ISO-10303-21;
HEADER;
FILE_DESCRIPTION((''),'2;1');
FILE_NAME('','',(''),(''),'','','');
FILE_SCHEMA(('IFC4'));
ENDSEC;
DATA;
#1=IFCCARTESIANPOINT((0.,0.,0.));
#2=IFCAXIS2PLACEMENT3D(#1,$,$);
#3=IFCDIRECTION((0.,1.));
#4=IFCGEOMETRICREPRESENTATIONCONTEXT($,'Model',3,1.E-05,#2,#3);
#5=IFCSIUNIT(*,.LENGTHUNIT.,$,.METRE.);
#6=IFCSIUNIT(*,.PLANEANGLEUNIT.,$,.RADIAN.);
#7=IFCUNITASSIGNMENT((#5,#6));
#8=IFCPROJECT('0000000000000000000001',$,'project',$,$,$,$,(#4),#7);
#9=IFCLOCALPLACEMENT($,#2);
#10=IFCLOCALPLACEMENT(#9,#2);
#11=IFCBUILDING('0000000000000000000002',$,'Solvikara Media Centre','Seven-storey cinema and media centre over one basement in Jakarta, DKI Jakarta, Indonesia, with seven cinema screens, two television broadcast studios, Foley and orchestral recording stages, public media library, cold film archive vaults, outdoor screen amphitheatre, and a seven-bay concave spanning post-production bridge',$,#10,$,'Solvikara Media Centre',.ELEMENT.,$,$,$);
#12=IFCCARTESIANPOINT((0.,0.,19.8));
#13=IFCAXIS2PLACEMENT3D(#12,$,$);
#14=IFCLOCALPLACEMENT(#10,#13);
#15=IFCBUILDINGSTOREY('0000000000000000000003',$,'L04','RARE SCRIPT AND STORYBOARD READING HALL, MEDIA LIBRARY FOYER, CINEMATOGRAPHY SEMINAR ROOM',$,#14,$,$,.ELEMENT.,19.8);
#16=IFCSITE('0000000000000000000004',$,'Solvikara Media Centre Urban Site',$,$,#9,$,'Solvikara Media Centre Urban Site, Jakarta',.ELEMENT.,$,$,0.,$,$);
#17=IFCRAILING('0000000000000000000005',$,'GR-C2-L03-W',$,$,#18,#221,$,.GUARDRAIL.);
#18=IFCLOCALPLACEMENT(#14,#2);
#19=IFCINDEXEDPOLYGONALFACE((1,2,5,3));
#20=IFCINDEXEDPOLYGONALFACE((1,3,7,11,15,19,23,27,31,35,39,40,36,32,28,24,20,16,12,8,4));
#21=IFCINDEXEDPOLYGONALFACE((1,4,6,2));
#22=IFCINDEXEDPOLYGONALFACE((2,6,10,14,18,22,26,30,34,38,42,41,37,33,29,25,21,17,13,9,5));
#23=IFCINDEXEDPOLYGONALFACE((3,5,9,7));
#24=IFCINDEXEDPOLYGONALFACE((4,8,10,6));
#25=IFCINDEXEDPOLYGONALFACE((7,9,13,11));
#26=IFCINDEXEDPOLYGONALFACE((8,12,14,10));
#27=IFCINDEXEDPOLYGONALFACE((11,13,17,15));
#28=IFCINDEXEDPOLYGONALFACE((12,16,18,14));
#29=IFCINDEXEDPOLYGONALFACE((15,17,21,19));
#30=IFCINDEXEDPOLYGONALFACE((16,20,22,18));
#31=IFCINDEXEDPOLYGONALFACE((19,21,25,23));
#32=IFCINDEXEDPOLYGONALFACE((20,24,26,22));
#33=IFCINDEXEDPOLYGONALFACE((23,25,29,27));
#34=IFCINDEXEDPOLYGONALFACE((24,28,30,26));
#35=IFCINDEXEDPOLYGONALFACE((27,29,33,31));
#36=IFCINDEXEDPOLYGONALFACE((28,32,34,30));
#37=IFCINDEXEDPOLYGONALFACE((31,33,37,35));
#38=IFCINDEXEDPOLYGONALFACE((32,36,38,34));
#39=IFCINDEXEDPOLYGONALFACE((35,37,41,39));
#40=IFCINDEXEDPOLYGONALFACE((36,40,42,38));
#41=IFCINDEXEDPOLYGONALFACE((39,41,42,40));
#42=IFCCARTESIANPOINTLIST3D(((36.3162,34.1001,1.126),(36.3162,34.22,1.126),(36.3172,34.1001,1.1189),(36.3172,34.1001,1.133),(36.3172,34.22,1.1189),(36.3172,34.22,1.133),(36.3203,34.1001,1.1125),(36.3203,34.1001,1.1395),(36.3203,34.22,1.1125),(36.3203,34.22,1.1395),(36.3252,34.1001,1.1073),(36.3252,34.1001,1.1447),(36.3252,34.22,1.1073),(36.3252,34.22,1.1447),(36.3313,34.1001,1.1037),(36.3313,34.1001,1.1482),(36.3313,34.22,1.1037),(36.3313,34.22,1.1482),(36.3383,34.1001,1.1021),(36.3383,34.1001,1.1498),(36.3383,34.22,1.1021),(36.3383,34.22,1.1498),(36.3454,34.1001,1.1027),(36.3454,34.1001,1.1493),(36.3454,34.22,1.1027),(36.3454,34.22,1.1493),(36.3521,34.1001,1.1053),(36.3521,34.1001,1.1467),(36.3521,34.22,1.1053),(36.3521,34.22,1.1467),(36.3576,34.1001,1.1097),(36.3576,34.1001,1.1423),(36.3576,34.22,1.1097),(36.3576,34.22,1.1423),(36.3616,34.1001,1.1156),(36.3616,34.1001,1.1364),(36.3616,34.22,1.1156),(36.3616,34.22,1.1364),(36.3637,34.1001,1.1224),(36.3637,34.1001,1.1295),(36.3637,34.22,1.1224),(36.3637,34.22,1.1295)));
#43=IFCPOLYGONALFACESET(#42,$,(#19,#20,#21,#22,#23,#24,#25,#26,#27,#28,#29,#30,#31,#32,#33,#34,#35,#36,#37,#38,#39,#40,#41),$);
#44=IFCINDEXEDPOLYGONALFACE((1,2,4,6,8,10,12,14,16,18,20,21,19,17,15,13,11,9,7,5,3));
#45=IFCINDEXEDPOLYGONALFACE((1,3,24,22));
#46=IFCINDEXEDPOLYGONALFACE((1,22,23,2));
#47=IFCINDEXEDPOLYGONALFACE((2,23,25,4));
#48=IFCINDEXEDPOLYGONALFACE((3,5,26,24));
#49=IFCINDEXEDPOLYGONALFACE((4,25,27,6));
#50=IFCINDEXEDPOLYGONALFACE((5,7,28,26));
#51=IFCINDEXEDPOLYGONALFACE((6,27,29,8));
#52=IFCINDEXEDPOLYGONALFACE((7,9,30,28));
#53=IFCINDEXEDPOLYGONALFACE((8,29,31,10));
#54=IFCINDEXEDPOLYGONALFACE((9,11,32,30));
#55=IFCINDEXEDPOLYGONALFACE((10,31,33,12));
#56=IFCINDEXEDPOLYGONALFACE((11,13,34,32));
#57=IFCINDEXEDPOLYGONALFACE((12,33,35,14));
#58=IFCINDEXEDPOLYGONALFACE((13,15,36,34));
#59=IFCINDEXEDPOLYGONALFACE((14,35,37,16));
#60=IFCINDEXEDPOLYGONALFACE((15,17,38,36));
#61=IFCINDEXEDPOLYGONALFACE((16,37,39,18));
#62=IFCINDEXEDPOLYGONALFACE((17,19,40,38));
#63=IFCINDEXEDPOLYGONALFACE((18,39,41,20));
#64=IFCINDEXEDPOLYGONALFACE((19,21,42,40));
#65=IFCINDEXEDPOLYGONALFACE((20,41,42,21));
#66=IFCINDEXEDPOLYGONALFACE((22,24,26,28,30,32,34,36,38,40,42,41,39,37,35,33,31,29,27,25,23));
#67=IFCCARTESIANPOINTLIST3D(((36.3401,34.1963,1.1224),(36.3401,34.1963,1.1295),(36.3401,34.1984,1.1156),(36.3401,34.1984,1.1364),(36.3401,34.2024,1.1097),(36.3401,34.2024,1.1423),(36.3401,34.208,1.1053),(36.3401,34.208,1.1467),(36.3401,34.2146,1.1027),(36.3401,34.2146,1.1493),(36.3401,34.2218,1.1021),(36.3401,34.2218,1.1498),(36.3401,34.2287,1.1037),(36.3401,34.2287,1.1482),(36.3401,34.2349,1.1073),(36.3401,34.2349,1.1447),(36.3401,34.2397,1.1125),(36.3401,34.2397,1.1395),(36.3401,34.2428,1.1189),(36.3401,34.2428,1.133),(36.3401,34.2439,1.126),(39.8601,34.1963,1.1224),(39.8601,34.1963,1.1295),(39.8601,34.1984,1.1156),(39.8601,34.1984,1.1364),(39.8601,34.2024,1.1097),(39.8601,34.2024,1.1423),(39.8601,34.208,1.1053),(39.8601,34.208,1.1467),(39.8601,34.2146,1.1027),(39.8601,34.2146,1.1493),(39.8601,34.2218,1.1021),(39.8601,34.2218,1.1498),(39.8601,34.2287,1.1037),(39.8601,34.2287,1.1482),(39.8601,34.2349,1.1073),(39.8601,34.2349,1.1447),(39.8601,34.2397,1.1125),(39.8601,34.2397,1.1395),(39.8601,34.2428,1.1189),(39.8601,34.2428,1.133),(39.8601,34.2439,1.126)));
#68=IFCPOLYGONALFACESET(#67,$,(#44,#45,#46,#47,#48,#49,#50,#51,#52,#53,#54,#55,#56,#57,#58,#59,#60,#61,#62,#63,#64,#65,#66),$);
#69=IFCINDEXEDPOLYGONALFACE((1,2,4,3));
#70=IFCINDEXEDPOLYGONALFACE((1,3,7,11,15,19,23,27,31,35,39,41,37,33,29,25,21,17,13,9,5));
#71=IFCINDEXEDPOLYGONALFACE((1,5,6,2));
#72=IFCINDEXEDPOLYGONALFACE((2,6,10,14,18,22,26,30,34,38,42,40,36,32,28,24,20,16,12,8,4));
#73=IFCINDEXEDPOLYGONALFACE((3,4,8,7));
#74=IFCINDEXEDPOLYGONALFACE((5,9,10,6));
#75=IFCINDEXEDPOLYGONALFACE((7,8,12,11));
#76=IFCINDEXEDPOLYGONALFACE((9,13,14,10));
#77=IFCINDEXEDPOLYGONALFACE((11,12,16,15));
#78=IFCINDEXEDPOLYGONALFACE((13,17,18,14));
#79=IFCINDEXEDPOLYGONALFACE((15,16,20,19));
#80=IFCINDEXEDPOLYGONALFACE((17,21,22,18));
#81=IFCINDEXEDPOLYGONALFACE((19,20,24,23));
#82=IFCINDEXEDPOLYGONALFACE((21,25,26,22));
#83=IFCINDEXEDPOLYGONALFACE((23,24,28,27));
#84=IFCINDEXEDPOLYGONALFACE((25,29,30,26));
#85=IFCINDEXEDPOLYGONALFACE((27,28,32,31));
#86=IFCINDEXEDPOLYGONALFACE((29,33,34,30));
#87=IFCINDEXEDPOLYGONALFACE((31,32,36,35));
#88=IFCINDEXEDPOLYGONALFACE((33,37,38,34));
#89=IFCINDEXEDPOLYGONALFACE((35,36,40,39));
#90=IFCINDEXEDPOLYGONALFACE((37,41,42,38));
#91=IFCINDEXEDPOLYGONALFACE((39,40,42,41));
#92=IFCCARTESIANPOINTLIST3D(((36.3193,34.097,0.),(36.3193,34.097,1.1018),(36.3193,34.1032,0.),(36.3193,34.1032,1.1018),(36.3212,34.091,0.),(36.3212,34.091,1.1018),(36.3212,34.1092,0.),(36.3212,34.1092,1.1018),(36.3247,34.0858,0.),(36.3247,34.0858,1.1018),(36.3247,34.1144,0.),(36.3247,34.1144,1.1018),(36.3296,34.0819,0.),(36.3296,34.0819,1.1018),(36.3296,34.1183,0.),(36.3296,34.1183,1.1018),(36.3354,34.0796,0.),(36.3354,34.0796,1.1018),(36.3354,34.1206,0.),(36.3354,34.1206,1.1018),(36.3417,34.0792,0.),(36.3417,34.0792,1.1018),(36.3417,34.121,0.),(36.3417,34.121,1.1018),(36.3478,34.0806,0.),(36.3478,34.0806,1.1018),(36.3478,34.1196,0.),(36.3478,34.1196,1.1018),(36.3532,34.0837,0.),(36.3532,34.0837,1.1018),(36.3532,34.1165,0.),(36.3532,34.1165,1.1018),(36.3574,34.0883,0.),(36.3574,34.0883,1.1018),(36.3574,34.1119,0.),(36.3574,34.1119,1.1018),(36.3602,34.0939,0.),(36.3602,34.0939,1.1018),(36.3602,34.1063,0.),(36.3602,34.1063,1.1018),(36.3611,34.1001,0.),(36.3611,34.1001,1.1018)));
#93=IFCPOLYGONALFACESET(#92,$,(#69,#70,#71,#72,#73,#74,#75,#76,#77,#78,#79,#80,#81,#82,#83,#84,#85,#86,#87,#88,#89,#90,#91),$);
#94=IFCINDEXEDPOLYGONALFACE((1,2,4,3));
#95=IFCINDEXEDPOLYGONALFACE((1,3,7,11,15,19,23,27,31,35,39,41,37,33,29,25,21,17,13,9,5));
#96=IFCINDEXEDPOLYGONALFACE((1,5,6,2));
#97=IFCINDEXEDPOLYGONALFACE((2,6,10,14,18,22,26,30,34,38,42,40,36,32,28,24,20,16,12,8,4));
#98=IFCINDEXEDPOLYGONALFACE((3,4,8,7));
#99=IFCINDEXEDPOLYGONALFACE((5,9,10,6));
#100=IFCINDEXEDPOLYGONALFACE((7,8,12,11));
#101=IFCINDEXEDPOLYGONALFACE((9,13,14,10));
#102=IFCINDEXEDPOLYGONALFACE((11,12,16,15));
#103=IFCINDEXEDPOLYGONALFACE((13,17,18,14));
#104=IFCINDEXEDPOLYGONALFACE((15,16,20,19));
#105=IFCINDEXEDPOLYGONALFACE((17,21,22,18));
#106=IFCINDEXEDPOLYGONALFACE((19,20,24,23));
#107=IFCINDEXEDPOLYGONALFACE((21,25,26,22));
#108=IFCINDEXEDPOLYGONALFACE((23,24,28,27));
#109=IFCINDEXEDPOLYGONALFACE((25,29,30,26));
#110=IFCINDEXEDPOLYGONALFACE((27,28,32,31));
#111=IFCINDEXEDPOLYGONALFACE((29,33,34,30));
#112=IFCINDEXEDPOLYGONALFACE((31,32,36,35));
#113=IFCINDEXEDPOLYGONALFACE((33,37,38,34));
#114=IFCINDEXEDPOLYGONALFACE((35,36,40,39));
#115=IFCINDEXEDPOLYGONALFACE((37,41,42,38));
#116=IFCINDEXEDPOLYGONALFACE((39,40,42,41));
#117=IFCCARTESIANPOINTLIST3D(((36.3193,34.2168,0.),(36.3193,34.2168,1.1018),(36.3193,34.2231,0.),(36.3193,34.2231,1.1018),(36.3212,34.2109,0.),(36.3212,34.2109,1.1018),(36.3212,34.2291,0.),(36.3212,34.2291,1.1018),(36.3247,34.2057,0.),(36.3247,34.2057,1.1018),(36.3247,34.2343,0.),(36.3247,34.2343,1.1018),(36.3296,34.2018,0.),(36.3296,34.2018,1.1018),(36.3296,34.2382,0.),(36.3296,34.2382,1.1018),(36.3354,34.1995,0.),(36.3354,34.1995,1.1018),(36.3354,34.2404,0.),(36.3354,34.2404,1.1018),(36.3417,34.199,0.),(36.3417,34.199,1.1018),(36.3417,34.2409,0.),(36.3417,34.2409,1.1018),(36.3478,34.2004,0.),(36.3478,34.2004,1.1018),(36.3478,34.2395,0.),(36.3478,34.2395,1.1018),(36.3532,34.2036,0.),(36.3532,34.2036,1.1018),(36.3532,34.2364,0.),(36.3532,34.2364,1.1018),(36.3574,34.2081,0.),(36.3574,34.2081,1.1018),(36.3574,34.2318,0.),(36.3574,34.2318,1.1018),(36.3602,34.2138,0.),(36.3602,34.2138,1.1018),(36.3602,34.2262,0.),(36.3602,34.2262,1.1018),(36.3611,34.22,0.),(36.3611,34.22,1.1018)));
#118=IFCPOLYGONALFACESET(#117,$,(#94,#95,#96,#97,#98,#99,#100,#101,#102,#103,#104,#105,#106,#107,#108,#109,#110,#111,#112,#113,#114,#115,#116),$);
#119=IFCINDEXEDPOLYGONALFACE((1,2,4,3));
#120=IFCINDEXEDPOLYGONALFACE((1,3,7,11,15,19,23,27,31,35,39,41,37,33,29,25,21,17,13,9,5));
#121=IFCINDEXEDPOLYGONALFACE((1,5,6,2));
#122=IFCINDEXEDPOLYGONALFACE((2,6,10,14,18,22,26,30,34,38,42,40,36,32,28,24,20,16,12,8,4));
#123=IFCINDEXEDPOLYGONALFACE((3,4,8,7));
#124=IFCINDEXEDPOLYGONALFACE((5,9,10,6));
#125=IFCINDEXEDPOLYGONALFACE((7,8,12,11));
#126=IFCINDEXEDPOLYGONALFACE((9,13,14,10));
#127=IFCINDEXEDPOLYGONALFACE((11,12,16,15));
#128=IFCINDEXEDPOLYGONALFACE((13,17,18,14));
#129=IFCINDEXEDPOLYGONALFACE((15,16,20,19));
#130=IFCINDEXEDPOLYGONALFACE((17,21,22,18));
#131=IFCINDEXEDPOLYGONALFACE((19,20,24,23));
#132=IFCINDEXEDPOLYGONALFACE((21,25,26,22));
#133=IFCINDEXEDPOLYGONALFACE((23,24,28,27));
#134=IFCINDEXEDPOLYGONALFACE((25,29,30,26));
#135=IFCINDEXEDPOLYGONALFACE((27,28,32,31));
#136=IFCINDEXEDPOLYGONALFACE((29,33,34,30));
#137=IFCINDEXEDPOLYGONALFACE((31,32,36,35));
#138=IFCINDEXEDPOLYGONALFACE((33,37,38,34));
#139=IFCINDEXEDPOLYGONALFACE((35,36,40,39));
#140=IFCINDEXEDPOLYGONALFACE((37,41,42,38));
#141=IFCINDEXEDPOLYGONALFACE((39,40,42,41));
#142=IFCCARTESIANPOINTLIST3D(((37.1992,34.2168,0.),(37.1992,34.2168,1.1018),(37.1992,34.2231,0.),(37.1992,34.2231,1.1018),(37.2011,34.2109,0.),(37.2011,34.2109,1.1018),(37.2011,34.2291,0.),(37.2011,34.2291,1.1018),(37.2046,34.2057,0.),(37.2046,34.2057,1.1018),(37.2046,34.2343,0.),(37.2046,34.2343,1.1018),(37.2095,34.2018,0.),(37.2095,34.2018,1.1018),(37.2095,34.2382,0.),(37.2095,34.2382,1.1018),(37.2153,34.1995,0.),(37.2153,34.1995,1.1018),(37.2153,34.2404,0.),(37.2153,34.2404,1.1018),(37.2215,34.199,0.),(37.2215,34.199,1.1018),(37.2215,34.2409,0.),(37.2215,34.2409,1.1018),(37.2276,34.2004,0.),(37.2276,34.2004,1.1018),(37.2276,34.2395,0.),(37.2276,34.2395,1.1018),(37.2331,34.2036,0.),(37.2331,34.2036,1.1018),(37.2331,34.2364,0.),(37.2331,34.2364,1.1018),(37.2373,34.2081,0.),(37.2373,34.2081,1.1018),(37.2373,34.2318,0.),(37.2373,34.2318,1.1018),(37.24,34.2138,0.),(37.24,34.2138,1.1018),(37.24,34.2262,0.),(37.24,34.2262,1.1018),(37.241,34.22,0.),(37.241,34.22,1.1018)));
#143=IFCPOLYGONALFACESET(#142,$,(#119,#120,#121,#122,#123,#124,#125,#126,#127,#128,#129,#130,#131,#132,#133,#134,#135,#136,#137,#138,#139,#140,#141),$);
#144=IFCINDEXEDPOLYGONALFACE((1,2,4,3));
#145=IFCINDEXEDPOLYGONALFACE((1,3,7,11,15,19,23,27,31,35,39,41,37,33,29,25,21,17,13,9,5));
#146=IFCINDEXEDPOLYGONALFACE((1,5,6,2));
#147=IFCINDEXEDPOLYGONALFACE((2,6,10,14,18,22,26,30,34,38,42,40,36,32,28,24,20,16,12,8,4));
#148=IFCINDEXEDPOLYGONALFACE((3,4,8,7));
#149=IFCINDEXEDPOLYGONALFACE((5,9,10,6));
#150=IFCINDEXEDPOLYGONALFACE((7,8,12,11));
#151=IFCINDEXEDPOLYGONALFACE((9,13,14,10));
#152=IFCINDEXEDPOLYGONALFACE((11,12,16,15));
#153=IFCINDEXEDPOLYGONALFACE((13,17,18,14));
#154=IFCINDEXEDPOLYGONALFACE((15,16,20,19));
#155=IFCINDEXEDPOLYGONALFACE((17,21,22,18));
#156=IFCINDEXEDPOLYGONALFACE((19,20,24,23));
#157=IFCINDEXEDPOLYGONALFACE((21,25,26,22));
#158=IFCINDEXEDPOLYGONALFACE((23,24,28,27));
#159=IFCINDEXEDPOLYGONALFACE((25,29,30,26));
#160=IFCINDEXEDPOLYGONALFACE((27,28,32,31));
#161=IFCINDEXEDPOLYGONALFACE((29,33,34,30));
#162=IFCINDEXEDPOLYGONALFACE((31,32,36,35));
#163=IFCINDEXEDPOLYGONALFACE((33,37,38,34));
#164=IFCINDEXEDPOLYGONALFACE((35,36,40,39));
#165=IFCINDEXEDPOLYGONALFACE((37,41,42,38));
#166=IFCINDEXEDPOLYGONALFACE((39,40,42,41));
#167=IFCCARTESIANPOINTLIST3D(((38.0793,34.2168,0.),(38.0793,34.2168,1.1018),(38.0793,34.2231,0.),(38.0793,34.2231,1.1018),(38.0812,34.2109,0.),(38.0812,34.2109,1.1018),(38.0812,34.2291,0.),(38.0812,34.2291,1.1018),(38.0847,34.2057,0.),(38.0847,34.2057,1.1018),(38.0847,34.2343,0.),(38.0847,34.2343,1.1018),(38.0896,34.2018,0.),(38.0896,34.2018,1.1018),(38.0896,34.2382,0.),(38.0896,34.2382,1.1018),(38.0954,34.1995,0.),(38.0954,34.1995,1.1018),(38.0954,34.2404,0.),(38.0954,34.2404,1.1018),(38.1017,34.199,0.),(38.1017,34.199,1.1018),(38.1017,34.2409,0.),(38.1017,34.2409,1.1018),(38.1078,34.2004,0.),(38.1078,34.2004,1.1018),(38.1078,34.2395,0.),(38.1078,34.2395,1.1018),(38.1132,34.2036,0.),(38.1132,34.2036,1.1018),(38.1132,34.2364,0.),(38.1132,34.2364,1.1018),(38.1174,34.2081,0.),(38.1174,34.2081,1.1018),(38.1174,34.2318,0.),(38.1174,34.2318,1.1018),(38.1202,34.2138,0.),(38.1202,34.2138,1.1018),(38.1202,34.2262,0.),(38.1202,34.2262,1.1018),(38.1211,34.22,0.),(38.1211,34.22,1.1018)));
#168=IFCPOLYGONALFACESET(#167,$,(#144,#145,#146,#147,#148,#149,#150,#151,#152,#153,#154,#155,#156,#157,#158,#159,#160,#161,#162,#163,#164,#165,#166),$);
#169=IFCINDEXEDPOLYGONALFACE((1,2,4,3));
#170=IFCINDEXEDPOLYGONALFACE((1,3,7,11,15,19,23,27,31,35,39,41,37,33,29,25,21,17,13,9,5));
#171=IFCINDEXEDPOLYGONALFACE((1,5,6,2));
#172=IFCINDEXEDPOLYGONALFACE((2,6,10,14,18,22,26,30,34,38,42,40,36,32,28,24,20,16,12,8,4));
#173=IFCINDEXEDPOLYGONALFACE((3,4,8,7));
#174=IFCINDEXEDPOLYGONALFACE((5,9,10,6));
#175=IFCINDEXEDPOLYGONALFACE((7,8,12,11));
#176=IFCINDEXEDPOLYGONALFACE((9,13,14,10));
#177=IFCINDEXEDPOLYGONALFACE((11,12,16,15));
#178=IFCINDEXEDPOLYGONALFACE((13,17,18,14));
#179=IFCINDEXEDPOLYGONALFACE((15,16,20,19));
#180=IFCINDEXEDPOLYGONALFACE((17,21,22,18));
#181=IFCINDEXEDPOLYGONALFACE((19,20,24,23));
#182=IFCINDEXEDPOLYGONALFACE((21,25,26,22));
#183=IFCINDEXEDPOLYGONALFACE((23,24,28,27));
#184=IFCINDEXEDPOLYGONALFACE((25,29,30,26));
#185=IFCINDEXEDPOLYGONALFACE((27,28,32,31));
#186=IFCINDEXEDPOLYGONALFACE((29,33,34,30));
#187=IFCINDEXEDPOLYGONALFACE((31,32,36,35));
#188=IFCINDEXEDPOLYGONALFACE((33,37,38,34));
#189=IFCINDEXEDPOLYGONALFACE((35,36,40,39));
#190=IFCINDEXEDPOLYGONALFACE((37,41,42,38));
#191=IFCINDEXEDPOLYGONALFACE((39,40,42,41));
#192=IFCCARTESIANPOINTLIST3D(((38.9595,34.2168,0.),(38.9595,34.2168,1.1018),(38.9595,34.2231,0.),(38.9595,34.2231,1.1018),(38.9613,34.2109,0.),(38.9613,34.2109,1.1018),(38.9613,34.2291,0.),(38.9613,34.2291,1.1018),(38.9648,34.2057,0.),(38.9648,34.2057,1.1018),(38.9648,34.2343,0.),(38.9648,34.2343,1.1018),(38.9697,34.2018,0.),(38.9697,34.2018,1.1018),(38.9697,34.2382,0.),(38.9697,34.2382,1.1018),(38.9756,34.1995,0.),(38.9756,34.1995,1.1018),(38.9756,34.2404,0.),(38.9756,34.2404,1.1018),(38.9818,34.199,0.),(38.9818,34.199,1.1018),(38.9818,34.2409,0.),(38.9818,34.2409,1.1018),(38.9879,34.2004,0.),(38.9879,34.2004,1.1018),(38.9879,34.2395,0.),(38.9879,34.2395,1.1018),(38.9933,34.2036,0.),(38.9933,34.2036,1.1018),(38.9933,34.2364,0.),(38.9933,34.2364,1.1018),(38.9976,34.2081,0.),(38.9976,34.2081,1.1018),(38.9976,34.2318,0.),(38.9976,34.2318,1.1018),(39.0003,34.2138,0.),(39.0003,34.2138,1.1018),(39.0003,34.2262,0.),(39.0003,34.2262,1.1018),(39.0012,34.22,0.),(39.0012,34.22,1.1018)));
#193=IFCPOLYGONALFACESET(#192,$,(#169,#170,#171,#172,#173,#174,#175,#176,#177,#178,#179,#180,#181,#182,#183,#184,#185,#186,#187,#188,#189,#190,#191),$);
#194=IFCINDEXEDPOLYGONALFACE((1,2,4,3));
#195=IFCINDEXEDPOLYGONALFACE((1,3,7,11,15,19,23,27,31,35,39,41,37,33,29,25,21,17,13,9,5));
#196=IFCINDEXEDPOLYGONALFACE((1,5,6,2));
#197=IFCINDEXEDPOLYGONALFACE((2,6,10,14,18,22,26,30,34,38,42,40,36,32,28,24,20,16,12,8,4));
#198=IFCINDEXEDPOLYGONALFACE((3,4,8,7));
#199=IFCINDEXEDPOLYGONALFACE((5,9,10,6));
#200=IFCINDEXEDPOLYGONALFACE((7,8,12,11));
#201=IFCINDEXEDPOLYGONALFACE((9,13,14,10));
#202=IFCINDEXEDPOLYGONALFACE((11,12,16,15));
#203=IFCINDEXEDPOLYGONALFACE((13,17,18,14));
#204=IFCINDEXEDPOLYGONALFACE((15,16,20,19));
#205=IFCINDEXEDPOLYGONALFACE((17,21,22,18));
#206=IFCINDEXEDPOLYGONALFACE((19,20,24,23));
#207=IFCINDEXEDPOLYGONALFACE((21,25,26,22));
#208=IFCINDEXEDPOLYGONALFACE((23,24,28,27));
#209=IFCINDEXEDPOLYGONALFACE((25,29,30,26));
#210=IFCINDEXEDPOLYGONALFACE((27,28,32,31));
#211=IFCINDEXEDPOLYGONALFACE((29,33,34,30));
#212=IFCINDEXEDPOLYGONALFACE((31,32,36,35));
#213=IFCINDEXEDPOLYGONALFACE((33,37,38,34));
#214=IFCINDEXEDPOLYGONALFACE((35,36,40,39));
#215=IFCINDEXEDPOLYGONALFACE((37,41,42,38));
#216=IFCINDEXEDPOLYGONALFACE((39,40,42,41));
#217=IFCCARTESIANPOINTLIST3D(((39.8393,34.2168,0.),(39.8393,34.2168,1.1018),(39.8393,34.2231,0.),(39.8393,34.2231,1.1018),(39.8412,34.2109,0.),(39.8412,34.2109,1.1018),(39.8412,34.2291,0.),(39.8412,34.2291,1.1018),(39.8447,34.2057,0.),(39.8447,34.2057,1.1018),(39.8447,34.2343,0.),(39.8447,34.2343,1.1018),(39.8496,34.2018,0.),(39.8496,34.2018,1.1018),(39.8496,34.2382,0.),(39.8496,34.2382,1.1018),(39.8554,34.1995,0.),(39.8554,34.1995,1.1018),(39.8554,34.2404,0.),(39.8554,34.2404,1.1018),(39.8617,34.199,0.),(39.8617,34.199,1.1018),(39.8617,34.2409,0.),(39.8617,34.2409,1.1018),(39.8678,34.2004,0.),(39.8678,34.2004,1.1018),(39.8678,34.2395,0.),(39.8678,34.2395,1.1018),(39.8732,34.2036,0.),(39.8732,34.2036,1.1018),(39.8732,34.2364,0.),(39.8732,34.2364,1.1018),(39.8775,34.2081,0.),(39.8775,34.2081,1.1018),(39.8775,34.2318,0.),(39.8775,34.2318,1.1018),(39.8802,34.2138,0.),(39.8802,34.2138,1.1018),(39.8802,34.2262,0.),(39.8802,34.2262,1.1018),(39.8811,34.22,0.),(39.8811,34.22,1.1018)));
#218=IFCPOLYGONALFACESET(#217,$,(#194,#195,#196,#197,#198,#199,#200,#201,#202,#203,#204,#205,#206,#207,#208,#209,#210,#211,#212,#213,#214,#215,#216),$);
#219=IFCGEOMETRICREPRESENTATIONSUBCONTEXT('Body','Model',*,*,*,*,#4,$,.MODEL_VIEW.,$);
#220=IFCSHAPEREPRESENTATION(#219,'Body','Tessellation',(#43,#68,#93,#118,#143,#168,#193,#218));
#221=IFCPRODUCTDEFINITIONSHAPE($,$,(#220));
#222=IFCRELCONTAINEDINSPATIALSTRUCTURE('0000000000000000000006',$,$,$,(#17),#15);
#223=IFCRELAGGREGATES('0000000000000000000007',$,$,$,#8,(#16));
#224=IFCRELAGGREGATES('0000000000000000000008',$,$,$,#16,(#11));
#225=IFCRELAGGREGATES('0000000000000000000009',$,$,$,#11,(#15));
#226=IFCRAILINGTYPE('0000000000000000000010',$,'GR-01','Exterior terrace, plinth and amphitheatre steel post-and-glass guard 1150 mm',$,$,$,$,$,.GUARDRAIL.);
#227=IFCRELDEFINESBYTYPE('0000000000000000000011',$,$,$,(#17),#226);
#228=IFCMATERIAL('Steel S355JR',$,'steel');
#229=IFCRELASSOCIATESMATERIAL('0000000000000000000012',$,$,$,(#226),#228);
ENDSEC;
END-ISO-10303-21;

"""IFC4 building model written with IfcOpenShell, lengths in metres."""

from ifc_helpers import new_model, si_unit, direction, frame, origin, origin_2d, place, context, subcontext, project, spatial, circle, extrude, material, type_object, element, save


model = new_model("IFC4")

# Units and contexts
model_context = context("Model", 3, precision=1e-05, world=origin(), true_north=direction((0.0, 1.0)))
body_context = subcontext(model_context, "Body", "Model", "MODEL_VIEW")
ifc_project = project(units=[si_unit("LENGTHUNIT", "METRE"), si_unit("PLANEANGLEUNIT", "RADIAN")], contexts=[model_context])

# Site, building, storey
site_placement = place(None, origin())
site = spatial("IfcSite", under=ifc_project, at=site_placement, Name="Solvikara Media Centre Urban Site", LongName="Solvikara Media Centre Urban Site, Jakarta", CompositionType="ELEMENT", RefElevation=0.0)
building_placement = place(site_placement, origin())
building = spatial("IfcBuilding", under=site, at=building_placement, Name="Solvikara Media Centre", Description="Seven-storey cinema and media centre over one basement in Jakarta, DKI Jakarta, Indonesia, with seven cinema screens, two television broadcast studios, Foley and orchestral recording stages, public media library, cold film archive vaults, outdoor screen amphitheatre, and a seven-bay concave spanning post-production bridge", LongName="Solvikara Media Centre", CompositionType="ELEMENT")
storey_placement = place(building_placement, frame((0.0, 0.0, 19.8)))
storey = spatial("IfcBuildingStorey", under=building, at=storey_placement, Name="L04", Description="RARE SCRIPT AND STORYBOARD READING HALL, MEDIA LIBRARY FOYER, CINEMATOGRAPHY SEMINAR ROOM", CompositionType="ELEMENT", Elevation=19.8)

# Shared definitions
ifc_material_1 = material(Name="Steel S355JR", Category="steel")

# Railing
railing_type_1 = type_object("IfcRailingType", Name="GR-01", Description="Exterior terrace, plinth and amphitheatre steel post-and-glass guard 1150 mm", PredefinedType="GUARDRAIL", material=ifc_material_1)
railing_1_placement = place(storey_placement, frame((36.3401, 34.1001, 0.0)))
element("IfcRailing", 1, at=railing_1_placement, inside=storey, type_object=railing_type_1, Name="GR-C2-L03-W", PredefinedType="GUARDRAIL", context=body_context, shape_type="SweptSolid", body=[
    extrude(circle(Radius=0.0239, at=origin_2d()), frame((0.0, 0.0, 1.126), z_axis=(0.0, 1.0, 0.0), x_axis=(-1.0, 0.0, 0.0)), (0.0, 0.0, 1.0), 0.1199),
    extrude(circle(Radius=0.0239, at=origin_2d()), frame((0.0, 0.1199, 1.126), z_axis=(1.0, 0.0, 0.0), x_axis=(0.0, 1.0, 0.0)), (0.0, 0.0, 1.0), 3.52),
    extrude(circle(Radius=0.021, at=origin_2d()), origin(), (0.0, 0.0, 1.0), 1.1018),
    extrude(circle(Radius=0.021, at=origin_2d()), frame((0.0, 0.1199, 0.0)), (0.0, 0.0, 1.0), 1.1018),
    extrude(circle(Radius=0.021, at=origin_2d()), frame((0.8799, 0.1199, 0.0)), (0.0, 0.0, 1.0), 1.1018),
    extrude(circle(Radius=0.021, at=origin_2d()), frame((1.76, 0.1199, 0.0)), (0.0, 0.0, 1.0), 1.1018),
    extrude(circle(Radius=0.021, at=origin_2d()), frame((2.6401, 0.1199, 0.0)), (0.0, 0.0, 1.0), 1.1018),
    extrude(circle(Radius=0.021, at=origin_2d()), frame((3.52, 0.1199, 0.0)), (0.0, 0.0, 1.0), 1.1018),
])

save(model, "model.ifc")
